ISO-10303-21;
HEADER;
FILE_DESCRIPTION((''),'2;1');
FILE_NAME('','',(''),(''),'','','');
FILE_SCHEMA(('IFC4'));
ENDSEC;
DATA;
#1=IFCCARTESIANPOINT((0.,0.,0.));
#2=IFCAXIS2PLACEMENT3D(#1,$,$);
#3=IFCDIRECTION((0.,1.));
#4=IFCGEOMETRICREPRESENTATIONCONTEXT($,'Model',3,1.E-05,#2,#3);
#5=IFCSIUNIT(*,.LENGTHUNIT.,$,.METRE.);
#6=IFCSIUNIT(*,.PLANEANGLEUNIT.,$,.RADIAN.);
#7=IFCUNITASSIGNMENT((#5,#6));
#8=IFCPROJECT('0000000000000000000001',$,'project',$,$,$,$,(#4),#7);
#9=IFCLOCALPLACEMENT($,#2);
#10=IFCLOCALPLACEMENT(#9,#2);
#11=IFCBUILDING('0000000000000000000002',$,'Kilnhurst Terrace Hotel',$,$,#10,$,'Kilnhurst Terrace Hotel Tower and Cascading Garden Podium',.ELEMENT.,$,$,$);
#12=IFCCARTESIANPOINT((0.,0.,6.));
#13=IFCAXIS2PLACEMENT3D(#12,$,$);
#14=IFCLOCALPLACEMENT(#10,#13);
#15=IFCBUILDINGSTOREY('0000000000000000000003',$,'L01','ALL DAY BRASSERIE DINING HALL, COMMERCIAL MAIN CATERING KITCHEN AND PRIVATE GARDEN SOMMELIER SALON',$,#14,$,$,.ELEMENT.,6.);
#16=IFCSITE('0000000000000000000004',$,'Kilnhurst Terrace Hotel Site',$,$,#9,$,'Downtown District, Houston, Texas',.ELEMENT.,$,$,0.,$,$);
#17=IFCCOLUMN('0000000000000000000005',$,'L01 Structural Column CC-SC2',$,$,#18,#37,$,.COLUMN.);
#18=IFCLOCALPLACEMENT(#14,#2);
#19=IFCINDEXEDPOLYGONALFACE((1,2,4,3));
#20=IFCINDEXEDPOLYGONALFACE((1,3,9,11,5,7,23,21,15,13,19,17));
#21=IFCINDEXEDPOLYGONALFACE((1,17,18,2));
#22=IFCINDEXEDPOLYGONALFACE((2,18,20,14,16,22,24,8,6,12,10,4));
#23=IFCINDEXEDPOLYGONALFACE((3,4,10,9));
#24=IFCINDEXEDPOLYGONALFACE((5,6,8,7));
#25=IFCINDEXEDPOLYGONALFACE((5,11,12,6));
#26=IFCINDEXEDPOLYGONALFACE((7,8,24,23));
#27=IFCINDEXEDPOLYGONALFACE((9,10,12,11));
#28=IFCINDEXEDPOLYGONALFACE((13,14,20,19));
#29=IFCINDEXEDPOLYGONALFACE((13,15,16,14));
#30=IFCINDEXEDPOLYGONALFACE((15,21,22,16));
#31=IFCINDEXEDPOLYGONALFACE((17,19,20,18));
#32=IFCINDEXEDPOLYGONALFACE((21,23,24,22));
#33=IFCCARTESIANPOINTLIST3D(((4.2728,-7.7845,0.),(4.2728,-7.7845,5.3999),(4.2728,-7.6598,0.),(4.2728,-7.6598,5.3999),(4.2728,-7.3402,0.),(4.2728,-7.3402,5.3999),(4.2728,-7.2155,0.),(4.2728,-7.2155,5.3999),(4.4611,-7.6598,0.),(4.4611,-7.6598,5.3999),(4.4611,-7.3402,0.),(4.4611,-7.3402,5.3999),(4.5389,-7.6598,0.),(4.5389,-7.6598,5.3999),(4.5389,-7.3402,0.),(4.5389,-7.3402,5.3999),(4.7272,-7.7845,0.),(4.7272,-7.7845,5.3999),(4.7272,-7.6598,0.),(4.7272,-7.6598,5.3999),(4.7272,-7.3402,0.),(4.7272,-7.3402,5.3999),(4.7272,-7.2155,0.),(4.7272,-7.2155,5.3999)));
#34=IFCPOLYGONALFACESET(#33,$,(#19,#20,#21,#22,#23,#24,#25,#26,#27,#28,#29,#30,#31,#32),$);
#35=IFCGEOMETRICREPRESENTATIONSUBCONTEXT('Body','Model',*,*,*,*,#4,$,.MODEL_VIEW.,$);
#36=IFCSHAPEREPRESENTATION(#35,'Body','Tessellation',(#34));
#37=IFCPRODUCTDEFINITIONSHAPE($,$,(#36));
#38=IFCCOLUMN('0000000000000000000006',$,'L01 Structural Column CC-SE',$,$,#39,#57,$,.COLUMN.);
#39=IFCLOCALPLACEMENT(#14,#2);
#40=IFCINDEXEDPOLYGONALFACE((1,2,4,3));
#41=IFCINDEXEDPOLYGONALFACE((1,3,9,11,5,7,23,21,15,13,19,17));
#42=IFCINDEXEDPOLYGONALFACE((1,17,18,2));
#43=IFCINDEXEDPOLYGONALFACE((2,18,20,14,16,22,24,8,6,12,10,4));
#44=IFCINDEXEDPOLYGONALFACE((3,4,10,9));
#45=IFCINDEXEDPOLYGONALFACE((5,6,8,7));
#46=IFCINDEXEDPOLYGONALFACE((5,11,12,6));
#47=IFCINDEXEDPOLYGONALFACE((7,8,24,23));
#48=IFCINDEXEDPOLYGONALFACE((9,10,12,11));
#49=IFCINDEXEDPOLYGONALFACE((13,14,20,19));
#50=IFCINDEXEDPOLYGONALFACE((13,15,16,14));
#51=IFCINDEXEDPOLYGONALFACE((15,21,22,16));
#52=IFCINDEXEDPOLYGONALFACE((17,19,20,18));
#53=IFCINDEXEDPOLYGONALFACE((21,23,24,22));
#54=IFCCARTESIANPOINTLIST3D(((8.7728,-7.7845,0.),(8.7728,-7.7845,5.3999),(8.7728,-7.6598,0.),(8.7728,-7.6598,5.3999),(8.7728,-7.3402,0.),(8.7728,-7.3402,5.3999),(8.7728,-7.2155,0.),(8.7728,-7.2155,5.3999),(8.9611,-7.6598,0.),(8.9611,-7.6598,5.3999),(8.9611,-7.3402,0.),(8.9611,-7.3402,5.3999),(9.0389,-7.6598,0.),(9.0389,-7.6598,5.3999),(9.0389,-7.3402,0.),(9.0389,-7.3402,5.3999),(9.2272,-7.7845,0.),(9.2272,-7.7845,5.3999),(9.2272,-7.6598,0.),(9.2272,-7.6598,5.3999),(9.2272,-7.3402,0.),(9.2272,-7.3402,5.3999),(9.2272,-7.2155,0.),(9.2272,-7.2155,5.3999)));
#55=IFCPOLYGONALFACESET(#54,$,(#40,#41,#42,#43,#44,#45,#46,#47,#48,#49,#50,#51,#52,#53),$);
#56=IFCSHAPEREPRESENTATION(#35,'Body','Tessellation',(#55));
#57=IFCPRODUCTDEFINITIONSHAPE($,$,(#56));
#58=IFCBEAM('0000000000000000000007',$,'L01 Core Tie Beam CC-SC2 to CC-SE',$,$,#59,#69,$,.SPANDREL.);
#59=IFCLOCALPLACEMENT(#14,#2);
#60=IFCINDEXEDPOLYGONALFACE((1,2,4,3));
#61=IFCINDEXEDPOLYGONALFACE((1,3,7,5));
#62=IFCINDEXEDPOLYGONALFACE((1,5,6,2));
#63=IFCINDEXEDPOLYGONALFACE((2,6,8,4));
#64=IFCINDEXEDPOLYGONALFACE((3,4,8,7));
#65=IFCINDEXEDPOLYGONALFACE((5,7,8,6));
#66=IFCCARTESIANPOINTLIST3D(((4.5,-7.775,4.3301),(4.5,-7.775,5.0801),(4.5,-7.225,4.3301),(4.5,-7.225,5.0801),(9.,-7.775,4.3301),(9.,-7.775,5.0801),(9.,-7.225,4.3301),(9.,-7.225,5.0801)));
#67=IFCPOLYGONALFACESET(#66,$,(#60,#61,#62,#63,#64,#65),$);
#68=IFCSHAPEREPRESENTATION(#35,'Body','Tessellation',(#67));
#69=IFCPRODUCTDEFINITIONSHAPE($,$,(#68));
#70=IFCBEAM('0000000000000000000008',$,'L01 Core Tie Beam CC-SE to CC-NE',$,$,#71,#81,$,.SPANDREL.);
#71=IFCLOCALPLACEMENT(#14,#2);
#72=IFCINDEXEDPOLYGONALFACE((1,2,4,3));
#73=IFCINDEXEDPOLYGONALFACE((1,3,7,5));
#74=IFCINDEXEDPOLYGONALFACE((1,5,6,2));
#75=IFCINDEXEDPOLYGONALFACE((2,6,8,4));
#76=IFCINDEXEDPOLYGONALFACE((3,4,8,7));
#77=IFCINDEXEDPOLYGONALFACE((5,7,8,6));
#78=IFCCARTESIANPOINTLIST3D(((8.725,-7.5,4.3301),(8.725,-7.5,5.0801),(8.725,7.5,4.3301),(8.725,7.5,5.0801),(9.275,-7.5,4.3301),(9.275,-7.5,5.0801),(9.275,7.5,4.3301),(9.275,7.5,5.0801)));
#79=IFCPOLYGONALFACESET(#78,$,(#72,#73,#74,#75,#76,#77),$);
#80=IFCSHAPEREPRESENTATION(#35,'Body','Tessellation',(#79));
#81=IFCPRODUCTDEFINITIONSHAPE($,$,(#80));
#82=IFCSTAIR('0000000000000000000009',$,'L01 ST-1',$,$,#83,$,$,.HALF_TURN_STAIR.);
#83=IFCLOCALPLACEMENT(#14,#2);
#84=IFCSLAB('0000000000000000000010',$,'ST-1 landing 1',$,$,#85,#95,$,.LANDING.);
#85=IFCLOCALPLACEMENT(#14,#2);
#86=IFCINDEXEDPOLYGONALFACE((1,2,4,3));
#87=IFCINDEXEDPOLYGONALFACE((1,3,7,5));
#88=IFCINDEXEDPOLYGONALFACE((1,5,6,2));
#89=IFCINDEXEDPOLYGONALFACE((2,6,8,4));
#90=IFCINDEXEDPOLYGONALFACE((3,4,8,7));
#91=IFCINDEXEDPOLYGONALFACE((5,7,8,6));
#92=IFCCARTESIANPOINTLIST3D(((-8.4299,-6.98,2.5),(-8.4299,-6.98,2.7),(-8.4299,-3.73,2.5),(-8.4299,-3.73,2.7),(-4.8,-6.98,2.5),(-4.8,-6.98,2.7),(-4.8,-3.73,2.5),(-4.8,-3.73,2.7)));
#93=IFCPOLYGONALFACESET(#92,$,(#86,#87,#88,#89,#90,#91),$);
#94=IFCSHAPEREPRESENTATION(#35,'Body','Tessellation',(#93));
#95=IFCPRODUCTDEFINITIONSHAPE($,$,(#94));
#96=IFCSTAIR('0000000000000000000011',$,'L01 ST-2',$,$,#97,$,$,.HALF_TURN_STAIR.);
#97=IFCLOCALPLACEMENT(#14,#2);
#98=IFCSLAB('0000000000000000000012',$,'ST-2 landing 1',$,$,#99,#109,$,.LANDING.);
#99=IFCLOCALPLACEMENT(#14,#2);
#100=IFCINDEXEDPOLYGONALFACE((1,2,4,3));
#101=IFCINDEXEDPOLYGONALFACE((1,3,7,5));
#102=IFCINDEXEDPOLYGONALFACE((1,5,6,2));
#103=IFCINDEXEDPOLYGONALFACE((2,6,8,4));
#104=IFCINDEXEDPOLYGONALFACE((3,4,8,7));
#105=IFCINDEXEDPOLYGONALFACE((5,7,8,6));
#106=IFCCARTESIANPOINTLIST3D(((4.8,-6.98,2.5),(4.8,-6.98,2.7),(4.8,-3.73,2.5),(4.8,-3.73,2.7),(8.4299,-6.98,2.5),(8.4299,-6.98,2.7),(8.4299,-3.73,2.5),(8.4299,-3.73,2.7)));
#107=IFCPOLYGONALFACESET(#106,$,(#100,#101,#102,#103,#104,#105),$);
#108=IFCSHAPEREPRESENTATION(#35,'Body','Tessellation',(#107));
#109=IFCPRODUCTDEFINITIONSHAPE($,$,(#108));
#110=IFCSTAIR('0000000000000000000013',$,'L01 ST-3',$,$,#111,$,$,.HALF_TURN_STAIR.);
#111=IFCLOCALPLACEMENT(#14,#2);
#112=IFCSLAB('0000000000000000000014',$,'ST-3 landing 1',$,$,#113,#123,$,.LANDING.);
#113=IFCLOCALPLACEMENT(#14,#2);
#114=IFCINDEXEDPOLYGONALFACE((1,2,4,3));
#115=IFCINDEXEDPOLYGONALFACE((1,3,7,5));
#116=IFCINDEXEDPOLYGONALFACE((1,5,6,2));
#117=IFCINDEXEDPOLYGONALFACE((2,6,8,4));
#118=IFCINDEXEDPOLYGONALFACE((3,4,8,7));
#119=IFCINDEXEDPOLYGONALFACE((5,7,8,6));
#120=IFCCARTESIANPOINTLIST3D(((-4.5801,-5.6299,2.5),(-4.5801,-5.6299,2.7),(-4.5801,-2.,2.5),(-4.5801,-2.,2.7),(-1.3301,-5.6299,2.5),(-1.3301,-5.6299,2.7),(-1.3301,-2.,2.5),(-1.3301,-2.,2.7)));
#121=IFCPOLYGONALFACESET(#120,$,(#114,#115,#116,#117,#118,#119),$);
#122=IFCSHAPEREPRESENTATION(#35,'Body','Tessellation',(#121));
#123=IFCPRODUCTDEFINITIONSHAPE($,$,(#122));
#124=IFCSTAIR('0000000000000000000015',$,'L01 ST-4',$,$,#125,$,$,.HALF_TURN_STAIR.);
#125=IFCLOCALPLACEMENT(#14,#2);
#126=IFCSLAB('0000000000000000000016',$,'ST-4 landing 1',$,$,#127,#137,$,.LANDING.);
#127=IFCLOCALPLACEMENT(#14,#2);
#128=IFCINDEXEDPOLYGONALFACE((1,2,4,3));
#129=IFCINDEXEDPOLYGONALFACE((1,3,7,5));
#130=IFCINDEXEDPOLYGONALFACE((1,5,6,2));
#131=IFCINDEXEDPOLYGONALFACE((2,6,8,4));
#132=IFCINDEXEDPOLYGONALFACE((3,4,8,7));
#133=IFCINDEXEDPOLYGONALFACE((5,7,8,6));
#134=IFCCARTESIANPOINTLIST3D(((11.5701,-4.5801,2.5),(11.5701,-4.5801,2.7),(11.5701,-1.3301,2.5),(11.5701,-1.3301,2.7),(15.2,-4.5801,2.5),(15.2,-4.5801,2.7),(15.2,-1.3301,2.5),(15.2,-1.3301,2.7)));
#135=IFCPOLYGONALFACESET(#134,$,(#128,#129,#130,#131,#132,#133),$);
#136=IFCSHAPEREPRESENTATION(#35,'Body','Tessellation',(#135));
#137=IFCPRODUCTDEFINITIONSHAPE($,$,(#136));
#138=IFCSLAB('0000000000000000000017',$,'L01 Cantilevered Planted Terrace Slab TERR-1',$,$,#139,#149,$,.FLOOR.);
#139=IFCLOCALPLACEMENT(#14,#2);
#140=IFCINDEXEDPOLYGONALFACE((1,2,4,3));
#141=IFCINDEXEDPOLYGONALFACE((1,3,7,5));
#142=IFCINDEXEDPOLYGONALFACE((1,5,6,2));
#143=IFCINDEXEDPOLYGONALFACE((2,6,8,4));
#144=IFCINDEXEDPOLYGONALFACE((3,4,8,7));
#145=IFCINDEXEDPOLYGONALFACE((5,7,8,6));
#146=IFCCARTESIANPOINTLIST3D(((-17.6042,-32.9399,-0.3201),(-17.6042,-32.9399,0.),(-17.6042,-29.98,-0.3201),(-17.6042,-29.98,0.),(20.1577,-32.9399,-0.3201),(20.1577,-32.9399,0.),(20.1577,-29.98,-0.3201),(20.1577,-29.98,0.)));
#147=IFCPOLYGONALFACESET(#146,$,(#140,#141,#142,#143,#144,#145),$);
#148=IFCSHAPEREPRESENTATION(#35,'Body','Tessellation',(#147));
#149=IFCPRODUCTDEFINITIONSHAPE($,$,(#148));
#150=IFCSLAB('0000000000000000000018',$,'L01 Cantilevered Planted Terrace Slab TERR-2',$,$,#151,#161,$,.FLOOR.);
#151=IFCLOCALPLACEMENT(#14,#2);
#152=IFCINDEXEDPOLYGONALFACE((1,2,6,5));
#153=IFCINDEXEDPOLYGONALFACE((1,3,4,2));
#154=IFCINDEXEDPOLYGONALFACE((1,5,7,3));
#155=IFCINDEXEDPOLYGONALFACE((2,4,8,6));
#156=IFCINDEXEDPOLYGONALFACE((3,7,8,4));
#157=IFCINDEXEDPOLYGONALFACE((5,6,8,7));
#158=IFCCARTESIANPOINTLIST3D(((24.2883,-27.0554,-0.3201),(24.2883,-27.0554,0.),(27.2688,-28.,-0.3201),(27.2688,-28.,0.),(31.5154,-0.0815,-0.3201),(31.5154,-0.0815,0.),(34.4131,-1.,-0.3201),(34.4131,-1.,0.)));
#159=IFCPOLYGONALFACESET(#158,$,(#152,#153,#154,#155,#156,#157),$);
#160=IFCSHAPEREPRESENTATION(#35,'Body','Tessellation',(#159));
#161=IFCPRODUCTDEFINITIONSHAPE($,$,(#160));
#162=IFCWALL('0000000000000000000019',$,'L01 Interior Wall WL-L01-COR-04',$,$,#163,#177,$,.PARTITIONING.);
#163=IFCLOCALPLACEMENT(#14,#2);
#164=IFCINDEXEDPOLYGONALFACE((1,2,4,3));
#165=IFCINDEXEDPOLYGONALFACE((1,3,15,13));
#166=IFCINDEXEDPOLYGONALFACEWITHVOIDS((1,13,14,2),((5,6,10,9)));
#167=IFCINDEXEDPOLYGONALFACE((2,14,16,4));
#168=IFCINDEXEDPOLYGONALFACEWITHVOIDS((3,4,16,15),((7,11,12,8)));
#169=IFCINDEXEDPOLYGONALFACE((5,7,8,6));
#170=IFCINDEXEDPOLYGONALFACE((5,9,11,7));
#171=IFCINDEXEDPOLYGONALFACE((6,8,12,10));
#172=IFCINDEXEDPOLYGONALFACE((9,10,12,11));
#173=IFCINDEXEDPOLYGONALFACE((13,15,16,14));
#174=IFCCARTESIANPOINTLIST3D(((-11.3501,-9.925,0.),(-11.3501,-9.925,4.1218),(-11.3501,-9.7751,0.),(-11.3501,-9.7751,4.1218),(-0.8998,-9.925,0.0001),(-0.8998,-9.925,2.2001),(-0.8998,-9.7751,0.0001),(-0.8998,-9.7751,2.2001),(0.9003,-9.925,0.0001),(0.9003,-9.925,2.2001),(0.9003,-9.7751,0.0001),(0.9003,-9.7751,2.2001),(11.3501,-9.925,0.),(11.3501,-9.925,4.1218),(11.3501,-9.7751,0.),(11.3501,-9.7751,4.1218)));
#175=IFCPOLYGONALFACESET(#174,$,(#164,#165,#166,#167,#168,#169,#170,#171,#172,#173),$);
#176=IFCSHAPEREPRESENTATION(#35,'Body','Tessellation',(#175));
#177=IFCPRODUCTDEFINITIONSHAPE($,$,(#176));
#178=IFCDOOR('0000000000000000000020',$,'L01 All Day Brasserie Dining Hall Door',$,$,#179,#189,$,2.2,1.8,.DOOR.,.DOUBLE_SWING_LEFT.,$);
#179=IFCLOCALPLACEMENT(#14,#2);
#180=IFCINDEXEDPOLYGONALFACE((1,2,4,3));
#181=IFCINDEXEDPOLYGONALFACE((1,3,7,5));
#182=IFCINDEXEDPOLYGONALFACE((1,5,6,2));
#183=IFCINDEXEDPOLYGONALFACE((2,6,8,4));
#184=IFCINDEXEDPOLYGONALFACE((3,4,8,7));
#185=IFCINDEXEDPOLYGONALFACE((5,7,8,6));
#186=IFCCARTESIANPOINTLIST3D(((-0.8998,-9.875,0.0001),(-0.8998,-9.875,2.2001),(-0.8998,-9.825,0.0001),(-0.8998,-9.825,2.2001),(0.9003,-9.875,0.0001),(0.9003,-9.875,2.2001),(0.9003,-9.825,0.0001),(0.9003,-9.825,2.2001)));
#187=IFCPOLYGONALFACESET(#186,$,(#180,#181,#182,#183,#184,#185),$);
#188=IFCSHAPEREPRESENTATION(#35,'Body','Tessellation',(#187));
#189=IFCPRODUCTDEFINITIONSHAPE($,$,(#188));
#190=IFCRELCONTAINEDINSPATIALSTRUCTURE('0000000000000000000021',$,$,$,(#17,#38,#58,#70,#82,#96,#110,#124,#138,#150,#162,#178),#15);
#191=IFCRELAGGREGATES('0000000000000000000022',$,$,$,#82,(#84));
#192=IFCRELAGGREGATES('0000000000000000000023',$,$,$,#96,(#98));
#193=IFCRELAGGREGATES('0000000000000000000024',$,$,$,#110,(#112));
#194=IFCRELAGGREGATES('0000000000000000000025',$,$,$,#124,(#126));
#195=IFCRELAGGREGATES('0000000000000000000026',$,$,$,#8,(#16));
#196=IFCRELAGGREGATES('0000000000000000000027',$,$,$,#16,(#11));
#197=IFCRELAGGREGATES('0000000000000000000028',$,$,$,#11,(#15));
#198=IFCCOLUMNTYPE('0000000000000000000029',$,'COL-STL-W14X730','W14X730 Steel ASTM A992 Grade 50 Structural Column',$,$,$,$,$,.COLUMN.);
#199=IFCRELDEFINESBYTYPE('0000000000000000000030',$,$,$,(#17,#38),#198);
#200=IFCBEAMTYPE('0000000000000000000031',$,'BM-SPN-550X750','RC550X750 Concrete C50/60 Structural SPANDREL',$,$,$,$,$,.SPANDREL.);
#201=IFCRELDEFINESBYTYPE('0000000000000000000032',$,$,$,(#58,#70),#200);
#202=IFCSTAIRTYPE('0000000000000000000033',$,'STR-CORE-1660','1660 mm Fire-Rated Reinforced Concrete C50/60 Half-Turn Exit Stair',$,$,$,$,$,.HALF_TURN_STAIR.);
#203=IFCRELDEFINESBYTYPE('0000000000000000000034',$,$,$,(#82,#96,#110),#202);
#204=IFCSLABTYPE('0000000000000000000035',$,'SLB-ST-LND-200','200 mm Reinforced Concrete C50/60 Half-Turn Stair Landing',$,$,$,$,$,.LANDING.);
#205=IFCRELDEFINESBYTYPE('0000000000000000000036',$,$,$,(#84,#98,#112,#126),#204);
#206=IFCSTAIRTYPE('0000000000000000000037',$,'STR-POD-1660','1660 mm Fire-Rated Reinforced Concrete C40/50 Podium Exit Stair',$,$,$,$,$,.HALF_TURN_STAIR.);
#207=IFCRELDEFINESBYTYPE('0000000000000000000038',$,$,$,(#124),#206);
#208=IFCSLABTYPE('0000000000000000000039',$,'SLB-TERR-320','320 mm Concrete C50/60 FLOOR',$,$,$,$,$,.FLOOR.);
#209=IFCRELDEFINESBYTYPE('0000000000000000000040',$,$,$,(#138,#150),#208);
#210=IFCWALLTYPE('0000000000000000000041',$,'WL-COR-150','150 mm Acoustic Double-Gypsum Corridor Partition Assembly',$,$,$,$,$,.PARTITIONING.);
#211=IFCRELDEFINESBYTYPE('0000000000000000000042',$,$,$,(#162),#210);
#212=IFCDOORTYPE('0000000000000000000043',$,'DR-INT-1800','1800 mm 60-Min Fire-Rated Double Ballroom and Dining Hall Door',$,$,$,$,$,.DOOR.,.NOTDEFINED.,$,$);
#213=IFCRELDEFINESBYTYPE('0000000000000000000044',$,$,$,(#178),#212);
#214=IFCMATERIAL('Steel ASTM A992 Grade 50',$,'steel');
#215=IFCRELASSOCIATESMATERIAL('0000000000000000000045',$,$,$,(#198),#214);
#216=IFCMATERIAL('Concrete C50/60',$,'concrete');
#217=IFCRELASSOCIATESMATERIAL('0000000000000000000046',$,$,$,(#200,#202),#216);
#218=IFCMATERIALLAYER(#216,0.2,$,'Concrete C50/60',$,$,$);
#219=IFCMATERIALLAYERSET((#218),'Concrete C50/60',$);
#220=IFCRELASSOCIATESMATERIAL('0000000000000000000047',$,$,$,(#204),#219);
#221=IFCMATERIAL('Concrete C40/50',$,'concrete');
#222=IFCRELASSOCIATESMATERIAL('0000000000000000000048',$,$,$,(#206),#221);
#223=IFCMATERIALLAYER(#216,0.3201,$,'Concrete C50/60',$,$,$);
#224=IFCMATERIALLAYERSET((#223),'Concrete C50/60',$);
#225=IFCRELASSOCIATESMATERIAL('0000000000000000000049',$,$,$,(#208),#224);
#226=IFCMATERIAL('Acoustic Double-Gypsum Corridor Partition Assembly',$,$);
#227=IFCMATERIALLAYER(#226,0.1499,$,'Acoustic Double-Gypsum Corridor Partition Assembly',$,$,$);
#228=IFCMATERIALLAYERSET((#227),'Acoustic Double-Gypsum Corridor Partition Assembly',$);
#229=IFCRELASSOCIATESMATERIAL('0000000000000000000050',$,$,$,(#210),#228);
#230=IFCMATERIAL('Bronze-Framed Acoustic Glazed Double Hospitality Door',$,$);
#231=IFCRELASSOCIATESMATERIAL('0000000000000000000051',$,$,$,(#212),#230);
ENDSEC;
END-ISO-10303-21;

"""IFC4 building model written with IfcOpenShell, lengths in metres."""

from ifc_helpers import new_model, si_unit, direction, frame, frame_2d, origin, origin_2d, place, context, subcontext, project, spatial, polyline, rectangle, i_section, outline, extrude, material, layer, layer_set, material_profile, profile_set, type_object, element, fill, aggregate, save


model = new_model("IFC4")

# Units and contexts
model_context = context("Model", 3, precision=1e-05, world=origin(), true_north=direction((0.0, 1.0)))
body_context = subcontext(model_context, "Body", "Model", "MODEL_VIEW")
ifc_project = project(units=[si_unit("LENGTHUNIT", "METRE"), si_unit("PLANEANGLEUNIT", "RADIAN")], contexts=[model_context])

# Site, building, storey
site_placement = place(None, origin())
site = spatial("IfcSite", under=ifc_project, at=site_placement, Name="Kilnhurst Terrace Hotel Site", LongName="Downtown District, Houston, Texas", CompositionType="ELEMENT", RefElevation=0.0)
building_placement = place(site_placement, origin())
building = spatial("IfcBuilding", under=site, at=building_placement, Name="Kilnhurst Terrace Hotel", LongName="Kilnhurst Terrace Hotel Tower and Cascading Garden Podium", CompositionType="ELEMENT")
storey_placement = place(building_placement, frame((0.0, 0.0, 6.0)))
storey = spatial("IfcBuildingStorey", under=building, at=storey_placement, Name="L01", Description="ALL DAY BRASSERIE DINING HALL, COMMERCIAL MAIN CATERING KITCHEN AND PRIVATE GARDEN SOMMELIER SALON", CompositionType="ELEMENT", Elevation=6.0)

# Columns
ifc_material_1 = material(Name="Steel ASTM A992 Grade 50", Category="steel")
ifc_material_profile_1 = material_profile(ifc_material_1, i_section(OverallWidth=0.4543, OverallDepth=0.5691, WebThickness=0.0779, FlangeThickness=0.1248, at=origin_2d()), Name="W14X730")
ifc_profile_set_1 = profile_set([ifc_material_profile_1], Name="Steel ASTM A992 Grade 50")
column_type = type_object("IfcColumnType", Name="COL-STL-W14X730", Description="W14X730 Steel ASTM A992 Grade 50 Structural Column", PredefinedType="COLUMN", material=ifc_profile_set_1)
for number, where, z_axis, x_axis, name in (
    (1, (4.5, -7.5, 0.0), (0.0, 0.0, 1.0), (1.0, 0.0, 0.0), "L01 Structural Column CC-SC2"),
    (2, (9.0, -7.5, 0.0), (0.0, 0.0, 1.0), (1.0, 0.0, 0.0), "L01 Structural Column CC-SE"),
):
    element("IfcColumn", number, at=place(storey_placement, frame(where, z_axis=z_axis, x_axis=x_axis)), inside=storey, type_object=column_type, Name=name, PredefinedType="COLUMN", context=body_context, shape_type="SweptSolid", body=[
        extrude(i_section(OverallWidth=0.4543, OverallDepth=0.5691, WebThickness=0.0779, FlangeThickness=0.1248, at=origin_2d()), origin(), (0.0, 0.0, 1.0), 5.3999),
    ])

# Beams
ifc_material_2 = material(Name="Concrete C50/60", Category="concrete")
ifc_material_profile_2 = material_profile(ifc_material_2, rectangle(XDim=0.55, YDim=0.75, at=origin_2d()), Name="RC550X750")
ifc_profile_set_2 = profile_set([ifc_material_profile_2], Name="Concrete C50/60")
beam_type = type_object("IfcBeamType", Name="BM-SPN-550X750", Description="RC550X750 Concrete C50/60 Structural SPANDREL", PredefinedType="SPANDREL", material=ifc_profile_set_2)
beam_1_placement = place(storey_placement, frame((4.5, -7.5, 4.7051), z_axis=(1.0, 0.0, 0.0), x_axis=(0.0, 1.0, 0.0)))
element("IfcBeam", 3, at=beam_1_placement, inside=storey, type_object=beam_type, Name="L01 Core Tie Beam CC-SC2 to CC-SE", PredefinedType="SPANDREL", context=body_context, shape_type="SweptSolid", body=[
    extrude(rectangle(XDim=0.55, YDim=0.75, at=origin_2d()), origin(), (0.0, 0.0, 1.0), 4.5),
])
beam_2_placement = place(storey_placement, frame((9.0, -7.5, 4.7051), z_axis=(0.0, 1.0, 0.0), x_axis=(-1.0, 0.0, 0.0)))
element("IfcBeam", 4, at=beam_2_placement, inside=storey, type_object=beam_type, Name="L01 Core Tie Beam CC-SE to CC-NE", PredefinedType="SPANDREL", context=body_context, shape_type="SweptSolid", body=[
    extrude(rectangle(XDim=0.55, YDim=0.75, at=origin_2d()), origin(), (0.0, 0.0, 1.0), 15.0),
])

# Stairs, slabs
stair_type_1 = type_object("IfcStairType", Name="STR-CORE-1660", Description="1660 mm Fire-Rated Reinforced Concrete C50/60 Half-Turn Exit Stair", PredefinedType="HALF_TURN_STAIR", material=ifc_material_2)
stair_1_placement = place(storey_placement, origin())
stair_1 = element("IfcStair", 5, at=stair_1_placement, inside=storey, type_object=stair_type_1, Name="L01 ST-1", PredefinedType="HALF_TURN_STAIR")
ifc_layer_1 = layer(ifc_material_2, 0.2, Name="Concrete C50/60")
ifc_layer_set_1 = layer_set([ifc_layer_1], Name="Concrete C50/60")
slab_type_1 = type_object("IfcSlabType", Name="SLB-ST-LND-200", Description="200 mm Reinforced Concrete C50/60 Half-Turn Stair Landing", PredefinedType="LANDING", material=ifc_layer_set_1)
slab_1_placement = place(storey_placement, frame((0.0, 0.0, 2.5)))
slab_1 = element("IfcSlab", 6, at=slab_1_placement, type_object=slab_type_1, Name="ST-1 landing 1", PredefinedType="LANDING", context=body_context, shape_type="SweptSolid", body=[
    extrude(outline(polyline([(-8.4299, -3.73), (-4.8, -3.73), (-4.8, -6.98), (-8.4299, -6.98), (-8.4299, -3.73)])), origin(), (0.0, 0.0, 1.0), 0.2),
])
aggregate(stair_1, [slab_1])
stair_2_placement = place(storey_placement, origin())
stair_2 = element("IfcStair", 7, at=stair_2_placement, inside=storey, type_object=stair_type_1, Name="L01 ST-2", PredefinedType="HALF_TURN_STAIR")
slab_2_placement = place(storey_placement, frame((0.0, 0.0, 2.5)))
slab_2 = element("IfcSlab", 8, at=slab_2_placement, type_object=slab_type_1, Name="ST-2 landing 1", PredefinedType="LANDING", context=body_context, shape_type="SweptSolid", body=[
    extrude(outline(polyline([(4.8, -3.73), (8.4299, -3.73), (8.4299, -6.98), (4.8, -6.98), (4.8, -3.73)])), origin(), (0.0, 0.0, 1.0), 0.2),
])
stair_3_placement = place(storey_placement, origin())
stair_3 = element("IfcStair", 9, at=stair_3_placement, inside=storey, type_object=stair_type_1, Name="L01 ST-3", PredefinedType="HALF_TURN_STAIR")
slab_3_placement = place(storey_placement, frame((0.0, 0.0, 2.5)))
slab_3 = element("IfcSlab", 10, at=slab_3_placement, type_object=slab_type_1, Name="ST-3 landing 1", PredefinedType="LANDING", context=body_context, shape_type="SweptSolid", body=[
    extrude(outline(polyline([(-1.3301, -2.0), (-1.3301, -5.6299), (-4.5801, -5.6299), (-4.5801, -2.0), (-1.3301, -2.0)])), origin(), (0.0, 0.0, 1.0), 0.2),
])
ifc_material_3 = material(Name="Concrete C40/50", Category="concrete")
stair_type_2 = type_object("IfcStairType", Name="STR-POD-1660", Description="1660 mm Fire-Rated Reinforced Concrete C40/50 Podium Exit Stair", PredefinedType="HALF_TURN_STAIR", material=ifc_material_3)
stair_4_placement = place(storey_placement, origin())
stair_4 = element("IfcStair", 11, at=stair_4_placement, inside=storey, type_object=stair_type_2, Name="L01 ST-4", PredefinedType="HALF_TURN_STAIR")
slab_4_placement = place(storey_placement, frame((0.0, 0.0, 2.5)))
slab_4 = element("IfcSlab", 12, at=slab_4_placement, type_object=slab_type_1, Name="ST-4 landing 1", PredefinedType="LANDING", context=body_context, shape_type="SweptSolid", body=[
    extrude(outline(polyline([(11.5701, -1.3301), (15.2, -1.3301), (15.2, -4.5801), (11.5701, -4.5801), (11.5701, -1.3301)])), origin(), (0.0, 0.0, 1.0), 0.2),
])

# Slabs
ifc_layer_2 = layer(ifc_material_2, 0.3201, Name="Concrete C50/60")
ifc_layer_set_2 = layer_set([ifc_layer_2], Name="Concrete C50/60")
slab_type_2 = type_object("IfcSlabType", Name="SLB-TERR-320", Description="320 mm Concrete C50/60 FLOOR", PredefinedType="FLOOR", material=ifc_layer_set_2)
slab_5_placement = place(storey_placement, frame((0.0, 0.0, -0.3201)))
element("IfcSlab", 13, at=slab_5_placement, inside=storey, type_object=slab_type_2, Name="L01 Cantilevered Planted Terrace Slab TERR-1", PredefinedType="FLOOR", context=body_context, shape_type="SweptSolid", body=[
    extrude(outline(polyline([(-17.6042, -29.98), (20.1577, -29.98), (20.1577, -32.9399), (-17.6042, -32.9399), (-17.6042, -29.98)])), origin(), (0.0, 0.0, 1.0), 0.3201),
])
slab_6_placement = place(storey_placement, frame((0.0, 0.0, -0.3201)))
element("IfcSlab", 14, at=slab_6_placement, inside=storey, type_object=slab_type_2, Name="L01 Cantilevered Planted Terrace Slab TERR-2", PredefinedType="FLOOR", context=body_context, shape_type="SweptSolid", body=[
    extrude(outline(polyline([(24.2883, -27.0554), (31.5154, -0.0815), (34.4131, -1.0), (27.2688, -28.0), (24.2883, -27.0554)])), origin(), (0.0, 0.0, 1.0), 0.3201),
])

# Wall, opening, door
ifc_material_4 = material(Name="Acoustic Double-Gypsum Corridor Partition Assembly")
ifc_layer_3 = layer(ifc_material_4, 0.1499, Name="Acoustic Double-Gypsum Corridor Partition Assembly")
ifc_layer_set_3 = layer_set([ifc_layer_3], Name="Acoustic Double-Gypsum Corridor Partition Assembly")
wall_type_1 = type_object("IfcWallType", Name="WL-COR-150", Description="150 mm Acoustic Double-Gypsum Corridor Partition Assembly", PredefinedType="PARTITIONING", material=ifc_layer_set_3)
wall_1_placement = place(storey_placement, frame((11.3501, -9.8501, 0.0), z_axis=(0.0, 0.0, 1.0), x_axis=(-1.0, 0.0, 0.0)))
wall_1 = element("IfcWall", 15, at=wall_1_placement, inside=storey, type_object=wall_type_1, Name="L01 Interior Wall WL-L01-COR-04", PredefinedType="PARTITIONING", context=body_context, shape_type="SweptSolid", body=[
    extrude(rectangle(XDim=22.7002, YDim=0.1499, at=frame_2d((11.3501, 0.0))), origin(), (0.0, 0.0, 1.0), 4.1218),
])
opening_1_placement = place(wall_1_placement, frame((10.45, 0.0, 0.0)))
opening_1 = element("IfcOpeningElement", 16, at=opening_1_placement, cuts=wall_1, PredefinedType="OPENING", context=body_context, shape_type="SweptSolid", body=[
    extrude(rectangle(XDim=1.8, YDim=2.2, at=frame_2d((0.8999, 1.1001))), frame((0.0, 0.085, 0.0), z_axis=(0.0, -1.0, 0.0), x_axis=(1.0, 0.0, 0.0)), (0.0, 0.0, 1.0), 0.1699),
])
ifc_material_5 = material(Name="Bronze-Framed Acoustic Glazed Double Hospitality Door")
door_type_1 = type_object("IfcDoorType", Name="DR-INT-1800", Description="1800 mm 60-Min Fire-Rated Double Ballroom and Dining Hall Door", OperationType="NOTDEFINED", PredefinedType="DOOR", material=ifc_material_5)
door_1_placement = place(opening_1_placement, origin())
door_1 = element("IfcDoor", 17, at=door_1_placement, inside=storey, type_object=door_type_1, Name="L01 All Day Brasserie Dining Hall Door", OperationType="DOUBLE_SWING_LEFT", OverallHeight=2.2, OverallWidth=1.8, PredefinedType="DOOR", context=body_context, shape_type="SweptSolid", body=[
    extrude(rectangle(XDim=1.8, YDim=2.2, at=frame_2d((0.8999, 1.1001))), frame((0.0, 0.0249, 0.0), z_axis=(0.0, -1.0, 0.0), x_axis=(1.0, 0.0, 0.0)), (0.0, 0.0, 1.0), 0.05),
])
fill(opening_1, door_1)

aggregate(stair_2, [slab_2])
aggregate(stair_3, [slab_3])
aggregate(stair_4, [slab_4])

save(model, "model.ifc")
